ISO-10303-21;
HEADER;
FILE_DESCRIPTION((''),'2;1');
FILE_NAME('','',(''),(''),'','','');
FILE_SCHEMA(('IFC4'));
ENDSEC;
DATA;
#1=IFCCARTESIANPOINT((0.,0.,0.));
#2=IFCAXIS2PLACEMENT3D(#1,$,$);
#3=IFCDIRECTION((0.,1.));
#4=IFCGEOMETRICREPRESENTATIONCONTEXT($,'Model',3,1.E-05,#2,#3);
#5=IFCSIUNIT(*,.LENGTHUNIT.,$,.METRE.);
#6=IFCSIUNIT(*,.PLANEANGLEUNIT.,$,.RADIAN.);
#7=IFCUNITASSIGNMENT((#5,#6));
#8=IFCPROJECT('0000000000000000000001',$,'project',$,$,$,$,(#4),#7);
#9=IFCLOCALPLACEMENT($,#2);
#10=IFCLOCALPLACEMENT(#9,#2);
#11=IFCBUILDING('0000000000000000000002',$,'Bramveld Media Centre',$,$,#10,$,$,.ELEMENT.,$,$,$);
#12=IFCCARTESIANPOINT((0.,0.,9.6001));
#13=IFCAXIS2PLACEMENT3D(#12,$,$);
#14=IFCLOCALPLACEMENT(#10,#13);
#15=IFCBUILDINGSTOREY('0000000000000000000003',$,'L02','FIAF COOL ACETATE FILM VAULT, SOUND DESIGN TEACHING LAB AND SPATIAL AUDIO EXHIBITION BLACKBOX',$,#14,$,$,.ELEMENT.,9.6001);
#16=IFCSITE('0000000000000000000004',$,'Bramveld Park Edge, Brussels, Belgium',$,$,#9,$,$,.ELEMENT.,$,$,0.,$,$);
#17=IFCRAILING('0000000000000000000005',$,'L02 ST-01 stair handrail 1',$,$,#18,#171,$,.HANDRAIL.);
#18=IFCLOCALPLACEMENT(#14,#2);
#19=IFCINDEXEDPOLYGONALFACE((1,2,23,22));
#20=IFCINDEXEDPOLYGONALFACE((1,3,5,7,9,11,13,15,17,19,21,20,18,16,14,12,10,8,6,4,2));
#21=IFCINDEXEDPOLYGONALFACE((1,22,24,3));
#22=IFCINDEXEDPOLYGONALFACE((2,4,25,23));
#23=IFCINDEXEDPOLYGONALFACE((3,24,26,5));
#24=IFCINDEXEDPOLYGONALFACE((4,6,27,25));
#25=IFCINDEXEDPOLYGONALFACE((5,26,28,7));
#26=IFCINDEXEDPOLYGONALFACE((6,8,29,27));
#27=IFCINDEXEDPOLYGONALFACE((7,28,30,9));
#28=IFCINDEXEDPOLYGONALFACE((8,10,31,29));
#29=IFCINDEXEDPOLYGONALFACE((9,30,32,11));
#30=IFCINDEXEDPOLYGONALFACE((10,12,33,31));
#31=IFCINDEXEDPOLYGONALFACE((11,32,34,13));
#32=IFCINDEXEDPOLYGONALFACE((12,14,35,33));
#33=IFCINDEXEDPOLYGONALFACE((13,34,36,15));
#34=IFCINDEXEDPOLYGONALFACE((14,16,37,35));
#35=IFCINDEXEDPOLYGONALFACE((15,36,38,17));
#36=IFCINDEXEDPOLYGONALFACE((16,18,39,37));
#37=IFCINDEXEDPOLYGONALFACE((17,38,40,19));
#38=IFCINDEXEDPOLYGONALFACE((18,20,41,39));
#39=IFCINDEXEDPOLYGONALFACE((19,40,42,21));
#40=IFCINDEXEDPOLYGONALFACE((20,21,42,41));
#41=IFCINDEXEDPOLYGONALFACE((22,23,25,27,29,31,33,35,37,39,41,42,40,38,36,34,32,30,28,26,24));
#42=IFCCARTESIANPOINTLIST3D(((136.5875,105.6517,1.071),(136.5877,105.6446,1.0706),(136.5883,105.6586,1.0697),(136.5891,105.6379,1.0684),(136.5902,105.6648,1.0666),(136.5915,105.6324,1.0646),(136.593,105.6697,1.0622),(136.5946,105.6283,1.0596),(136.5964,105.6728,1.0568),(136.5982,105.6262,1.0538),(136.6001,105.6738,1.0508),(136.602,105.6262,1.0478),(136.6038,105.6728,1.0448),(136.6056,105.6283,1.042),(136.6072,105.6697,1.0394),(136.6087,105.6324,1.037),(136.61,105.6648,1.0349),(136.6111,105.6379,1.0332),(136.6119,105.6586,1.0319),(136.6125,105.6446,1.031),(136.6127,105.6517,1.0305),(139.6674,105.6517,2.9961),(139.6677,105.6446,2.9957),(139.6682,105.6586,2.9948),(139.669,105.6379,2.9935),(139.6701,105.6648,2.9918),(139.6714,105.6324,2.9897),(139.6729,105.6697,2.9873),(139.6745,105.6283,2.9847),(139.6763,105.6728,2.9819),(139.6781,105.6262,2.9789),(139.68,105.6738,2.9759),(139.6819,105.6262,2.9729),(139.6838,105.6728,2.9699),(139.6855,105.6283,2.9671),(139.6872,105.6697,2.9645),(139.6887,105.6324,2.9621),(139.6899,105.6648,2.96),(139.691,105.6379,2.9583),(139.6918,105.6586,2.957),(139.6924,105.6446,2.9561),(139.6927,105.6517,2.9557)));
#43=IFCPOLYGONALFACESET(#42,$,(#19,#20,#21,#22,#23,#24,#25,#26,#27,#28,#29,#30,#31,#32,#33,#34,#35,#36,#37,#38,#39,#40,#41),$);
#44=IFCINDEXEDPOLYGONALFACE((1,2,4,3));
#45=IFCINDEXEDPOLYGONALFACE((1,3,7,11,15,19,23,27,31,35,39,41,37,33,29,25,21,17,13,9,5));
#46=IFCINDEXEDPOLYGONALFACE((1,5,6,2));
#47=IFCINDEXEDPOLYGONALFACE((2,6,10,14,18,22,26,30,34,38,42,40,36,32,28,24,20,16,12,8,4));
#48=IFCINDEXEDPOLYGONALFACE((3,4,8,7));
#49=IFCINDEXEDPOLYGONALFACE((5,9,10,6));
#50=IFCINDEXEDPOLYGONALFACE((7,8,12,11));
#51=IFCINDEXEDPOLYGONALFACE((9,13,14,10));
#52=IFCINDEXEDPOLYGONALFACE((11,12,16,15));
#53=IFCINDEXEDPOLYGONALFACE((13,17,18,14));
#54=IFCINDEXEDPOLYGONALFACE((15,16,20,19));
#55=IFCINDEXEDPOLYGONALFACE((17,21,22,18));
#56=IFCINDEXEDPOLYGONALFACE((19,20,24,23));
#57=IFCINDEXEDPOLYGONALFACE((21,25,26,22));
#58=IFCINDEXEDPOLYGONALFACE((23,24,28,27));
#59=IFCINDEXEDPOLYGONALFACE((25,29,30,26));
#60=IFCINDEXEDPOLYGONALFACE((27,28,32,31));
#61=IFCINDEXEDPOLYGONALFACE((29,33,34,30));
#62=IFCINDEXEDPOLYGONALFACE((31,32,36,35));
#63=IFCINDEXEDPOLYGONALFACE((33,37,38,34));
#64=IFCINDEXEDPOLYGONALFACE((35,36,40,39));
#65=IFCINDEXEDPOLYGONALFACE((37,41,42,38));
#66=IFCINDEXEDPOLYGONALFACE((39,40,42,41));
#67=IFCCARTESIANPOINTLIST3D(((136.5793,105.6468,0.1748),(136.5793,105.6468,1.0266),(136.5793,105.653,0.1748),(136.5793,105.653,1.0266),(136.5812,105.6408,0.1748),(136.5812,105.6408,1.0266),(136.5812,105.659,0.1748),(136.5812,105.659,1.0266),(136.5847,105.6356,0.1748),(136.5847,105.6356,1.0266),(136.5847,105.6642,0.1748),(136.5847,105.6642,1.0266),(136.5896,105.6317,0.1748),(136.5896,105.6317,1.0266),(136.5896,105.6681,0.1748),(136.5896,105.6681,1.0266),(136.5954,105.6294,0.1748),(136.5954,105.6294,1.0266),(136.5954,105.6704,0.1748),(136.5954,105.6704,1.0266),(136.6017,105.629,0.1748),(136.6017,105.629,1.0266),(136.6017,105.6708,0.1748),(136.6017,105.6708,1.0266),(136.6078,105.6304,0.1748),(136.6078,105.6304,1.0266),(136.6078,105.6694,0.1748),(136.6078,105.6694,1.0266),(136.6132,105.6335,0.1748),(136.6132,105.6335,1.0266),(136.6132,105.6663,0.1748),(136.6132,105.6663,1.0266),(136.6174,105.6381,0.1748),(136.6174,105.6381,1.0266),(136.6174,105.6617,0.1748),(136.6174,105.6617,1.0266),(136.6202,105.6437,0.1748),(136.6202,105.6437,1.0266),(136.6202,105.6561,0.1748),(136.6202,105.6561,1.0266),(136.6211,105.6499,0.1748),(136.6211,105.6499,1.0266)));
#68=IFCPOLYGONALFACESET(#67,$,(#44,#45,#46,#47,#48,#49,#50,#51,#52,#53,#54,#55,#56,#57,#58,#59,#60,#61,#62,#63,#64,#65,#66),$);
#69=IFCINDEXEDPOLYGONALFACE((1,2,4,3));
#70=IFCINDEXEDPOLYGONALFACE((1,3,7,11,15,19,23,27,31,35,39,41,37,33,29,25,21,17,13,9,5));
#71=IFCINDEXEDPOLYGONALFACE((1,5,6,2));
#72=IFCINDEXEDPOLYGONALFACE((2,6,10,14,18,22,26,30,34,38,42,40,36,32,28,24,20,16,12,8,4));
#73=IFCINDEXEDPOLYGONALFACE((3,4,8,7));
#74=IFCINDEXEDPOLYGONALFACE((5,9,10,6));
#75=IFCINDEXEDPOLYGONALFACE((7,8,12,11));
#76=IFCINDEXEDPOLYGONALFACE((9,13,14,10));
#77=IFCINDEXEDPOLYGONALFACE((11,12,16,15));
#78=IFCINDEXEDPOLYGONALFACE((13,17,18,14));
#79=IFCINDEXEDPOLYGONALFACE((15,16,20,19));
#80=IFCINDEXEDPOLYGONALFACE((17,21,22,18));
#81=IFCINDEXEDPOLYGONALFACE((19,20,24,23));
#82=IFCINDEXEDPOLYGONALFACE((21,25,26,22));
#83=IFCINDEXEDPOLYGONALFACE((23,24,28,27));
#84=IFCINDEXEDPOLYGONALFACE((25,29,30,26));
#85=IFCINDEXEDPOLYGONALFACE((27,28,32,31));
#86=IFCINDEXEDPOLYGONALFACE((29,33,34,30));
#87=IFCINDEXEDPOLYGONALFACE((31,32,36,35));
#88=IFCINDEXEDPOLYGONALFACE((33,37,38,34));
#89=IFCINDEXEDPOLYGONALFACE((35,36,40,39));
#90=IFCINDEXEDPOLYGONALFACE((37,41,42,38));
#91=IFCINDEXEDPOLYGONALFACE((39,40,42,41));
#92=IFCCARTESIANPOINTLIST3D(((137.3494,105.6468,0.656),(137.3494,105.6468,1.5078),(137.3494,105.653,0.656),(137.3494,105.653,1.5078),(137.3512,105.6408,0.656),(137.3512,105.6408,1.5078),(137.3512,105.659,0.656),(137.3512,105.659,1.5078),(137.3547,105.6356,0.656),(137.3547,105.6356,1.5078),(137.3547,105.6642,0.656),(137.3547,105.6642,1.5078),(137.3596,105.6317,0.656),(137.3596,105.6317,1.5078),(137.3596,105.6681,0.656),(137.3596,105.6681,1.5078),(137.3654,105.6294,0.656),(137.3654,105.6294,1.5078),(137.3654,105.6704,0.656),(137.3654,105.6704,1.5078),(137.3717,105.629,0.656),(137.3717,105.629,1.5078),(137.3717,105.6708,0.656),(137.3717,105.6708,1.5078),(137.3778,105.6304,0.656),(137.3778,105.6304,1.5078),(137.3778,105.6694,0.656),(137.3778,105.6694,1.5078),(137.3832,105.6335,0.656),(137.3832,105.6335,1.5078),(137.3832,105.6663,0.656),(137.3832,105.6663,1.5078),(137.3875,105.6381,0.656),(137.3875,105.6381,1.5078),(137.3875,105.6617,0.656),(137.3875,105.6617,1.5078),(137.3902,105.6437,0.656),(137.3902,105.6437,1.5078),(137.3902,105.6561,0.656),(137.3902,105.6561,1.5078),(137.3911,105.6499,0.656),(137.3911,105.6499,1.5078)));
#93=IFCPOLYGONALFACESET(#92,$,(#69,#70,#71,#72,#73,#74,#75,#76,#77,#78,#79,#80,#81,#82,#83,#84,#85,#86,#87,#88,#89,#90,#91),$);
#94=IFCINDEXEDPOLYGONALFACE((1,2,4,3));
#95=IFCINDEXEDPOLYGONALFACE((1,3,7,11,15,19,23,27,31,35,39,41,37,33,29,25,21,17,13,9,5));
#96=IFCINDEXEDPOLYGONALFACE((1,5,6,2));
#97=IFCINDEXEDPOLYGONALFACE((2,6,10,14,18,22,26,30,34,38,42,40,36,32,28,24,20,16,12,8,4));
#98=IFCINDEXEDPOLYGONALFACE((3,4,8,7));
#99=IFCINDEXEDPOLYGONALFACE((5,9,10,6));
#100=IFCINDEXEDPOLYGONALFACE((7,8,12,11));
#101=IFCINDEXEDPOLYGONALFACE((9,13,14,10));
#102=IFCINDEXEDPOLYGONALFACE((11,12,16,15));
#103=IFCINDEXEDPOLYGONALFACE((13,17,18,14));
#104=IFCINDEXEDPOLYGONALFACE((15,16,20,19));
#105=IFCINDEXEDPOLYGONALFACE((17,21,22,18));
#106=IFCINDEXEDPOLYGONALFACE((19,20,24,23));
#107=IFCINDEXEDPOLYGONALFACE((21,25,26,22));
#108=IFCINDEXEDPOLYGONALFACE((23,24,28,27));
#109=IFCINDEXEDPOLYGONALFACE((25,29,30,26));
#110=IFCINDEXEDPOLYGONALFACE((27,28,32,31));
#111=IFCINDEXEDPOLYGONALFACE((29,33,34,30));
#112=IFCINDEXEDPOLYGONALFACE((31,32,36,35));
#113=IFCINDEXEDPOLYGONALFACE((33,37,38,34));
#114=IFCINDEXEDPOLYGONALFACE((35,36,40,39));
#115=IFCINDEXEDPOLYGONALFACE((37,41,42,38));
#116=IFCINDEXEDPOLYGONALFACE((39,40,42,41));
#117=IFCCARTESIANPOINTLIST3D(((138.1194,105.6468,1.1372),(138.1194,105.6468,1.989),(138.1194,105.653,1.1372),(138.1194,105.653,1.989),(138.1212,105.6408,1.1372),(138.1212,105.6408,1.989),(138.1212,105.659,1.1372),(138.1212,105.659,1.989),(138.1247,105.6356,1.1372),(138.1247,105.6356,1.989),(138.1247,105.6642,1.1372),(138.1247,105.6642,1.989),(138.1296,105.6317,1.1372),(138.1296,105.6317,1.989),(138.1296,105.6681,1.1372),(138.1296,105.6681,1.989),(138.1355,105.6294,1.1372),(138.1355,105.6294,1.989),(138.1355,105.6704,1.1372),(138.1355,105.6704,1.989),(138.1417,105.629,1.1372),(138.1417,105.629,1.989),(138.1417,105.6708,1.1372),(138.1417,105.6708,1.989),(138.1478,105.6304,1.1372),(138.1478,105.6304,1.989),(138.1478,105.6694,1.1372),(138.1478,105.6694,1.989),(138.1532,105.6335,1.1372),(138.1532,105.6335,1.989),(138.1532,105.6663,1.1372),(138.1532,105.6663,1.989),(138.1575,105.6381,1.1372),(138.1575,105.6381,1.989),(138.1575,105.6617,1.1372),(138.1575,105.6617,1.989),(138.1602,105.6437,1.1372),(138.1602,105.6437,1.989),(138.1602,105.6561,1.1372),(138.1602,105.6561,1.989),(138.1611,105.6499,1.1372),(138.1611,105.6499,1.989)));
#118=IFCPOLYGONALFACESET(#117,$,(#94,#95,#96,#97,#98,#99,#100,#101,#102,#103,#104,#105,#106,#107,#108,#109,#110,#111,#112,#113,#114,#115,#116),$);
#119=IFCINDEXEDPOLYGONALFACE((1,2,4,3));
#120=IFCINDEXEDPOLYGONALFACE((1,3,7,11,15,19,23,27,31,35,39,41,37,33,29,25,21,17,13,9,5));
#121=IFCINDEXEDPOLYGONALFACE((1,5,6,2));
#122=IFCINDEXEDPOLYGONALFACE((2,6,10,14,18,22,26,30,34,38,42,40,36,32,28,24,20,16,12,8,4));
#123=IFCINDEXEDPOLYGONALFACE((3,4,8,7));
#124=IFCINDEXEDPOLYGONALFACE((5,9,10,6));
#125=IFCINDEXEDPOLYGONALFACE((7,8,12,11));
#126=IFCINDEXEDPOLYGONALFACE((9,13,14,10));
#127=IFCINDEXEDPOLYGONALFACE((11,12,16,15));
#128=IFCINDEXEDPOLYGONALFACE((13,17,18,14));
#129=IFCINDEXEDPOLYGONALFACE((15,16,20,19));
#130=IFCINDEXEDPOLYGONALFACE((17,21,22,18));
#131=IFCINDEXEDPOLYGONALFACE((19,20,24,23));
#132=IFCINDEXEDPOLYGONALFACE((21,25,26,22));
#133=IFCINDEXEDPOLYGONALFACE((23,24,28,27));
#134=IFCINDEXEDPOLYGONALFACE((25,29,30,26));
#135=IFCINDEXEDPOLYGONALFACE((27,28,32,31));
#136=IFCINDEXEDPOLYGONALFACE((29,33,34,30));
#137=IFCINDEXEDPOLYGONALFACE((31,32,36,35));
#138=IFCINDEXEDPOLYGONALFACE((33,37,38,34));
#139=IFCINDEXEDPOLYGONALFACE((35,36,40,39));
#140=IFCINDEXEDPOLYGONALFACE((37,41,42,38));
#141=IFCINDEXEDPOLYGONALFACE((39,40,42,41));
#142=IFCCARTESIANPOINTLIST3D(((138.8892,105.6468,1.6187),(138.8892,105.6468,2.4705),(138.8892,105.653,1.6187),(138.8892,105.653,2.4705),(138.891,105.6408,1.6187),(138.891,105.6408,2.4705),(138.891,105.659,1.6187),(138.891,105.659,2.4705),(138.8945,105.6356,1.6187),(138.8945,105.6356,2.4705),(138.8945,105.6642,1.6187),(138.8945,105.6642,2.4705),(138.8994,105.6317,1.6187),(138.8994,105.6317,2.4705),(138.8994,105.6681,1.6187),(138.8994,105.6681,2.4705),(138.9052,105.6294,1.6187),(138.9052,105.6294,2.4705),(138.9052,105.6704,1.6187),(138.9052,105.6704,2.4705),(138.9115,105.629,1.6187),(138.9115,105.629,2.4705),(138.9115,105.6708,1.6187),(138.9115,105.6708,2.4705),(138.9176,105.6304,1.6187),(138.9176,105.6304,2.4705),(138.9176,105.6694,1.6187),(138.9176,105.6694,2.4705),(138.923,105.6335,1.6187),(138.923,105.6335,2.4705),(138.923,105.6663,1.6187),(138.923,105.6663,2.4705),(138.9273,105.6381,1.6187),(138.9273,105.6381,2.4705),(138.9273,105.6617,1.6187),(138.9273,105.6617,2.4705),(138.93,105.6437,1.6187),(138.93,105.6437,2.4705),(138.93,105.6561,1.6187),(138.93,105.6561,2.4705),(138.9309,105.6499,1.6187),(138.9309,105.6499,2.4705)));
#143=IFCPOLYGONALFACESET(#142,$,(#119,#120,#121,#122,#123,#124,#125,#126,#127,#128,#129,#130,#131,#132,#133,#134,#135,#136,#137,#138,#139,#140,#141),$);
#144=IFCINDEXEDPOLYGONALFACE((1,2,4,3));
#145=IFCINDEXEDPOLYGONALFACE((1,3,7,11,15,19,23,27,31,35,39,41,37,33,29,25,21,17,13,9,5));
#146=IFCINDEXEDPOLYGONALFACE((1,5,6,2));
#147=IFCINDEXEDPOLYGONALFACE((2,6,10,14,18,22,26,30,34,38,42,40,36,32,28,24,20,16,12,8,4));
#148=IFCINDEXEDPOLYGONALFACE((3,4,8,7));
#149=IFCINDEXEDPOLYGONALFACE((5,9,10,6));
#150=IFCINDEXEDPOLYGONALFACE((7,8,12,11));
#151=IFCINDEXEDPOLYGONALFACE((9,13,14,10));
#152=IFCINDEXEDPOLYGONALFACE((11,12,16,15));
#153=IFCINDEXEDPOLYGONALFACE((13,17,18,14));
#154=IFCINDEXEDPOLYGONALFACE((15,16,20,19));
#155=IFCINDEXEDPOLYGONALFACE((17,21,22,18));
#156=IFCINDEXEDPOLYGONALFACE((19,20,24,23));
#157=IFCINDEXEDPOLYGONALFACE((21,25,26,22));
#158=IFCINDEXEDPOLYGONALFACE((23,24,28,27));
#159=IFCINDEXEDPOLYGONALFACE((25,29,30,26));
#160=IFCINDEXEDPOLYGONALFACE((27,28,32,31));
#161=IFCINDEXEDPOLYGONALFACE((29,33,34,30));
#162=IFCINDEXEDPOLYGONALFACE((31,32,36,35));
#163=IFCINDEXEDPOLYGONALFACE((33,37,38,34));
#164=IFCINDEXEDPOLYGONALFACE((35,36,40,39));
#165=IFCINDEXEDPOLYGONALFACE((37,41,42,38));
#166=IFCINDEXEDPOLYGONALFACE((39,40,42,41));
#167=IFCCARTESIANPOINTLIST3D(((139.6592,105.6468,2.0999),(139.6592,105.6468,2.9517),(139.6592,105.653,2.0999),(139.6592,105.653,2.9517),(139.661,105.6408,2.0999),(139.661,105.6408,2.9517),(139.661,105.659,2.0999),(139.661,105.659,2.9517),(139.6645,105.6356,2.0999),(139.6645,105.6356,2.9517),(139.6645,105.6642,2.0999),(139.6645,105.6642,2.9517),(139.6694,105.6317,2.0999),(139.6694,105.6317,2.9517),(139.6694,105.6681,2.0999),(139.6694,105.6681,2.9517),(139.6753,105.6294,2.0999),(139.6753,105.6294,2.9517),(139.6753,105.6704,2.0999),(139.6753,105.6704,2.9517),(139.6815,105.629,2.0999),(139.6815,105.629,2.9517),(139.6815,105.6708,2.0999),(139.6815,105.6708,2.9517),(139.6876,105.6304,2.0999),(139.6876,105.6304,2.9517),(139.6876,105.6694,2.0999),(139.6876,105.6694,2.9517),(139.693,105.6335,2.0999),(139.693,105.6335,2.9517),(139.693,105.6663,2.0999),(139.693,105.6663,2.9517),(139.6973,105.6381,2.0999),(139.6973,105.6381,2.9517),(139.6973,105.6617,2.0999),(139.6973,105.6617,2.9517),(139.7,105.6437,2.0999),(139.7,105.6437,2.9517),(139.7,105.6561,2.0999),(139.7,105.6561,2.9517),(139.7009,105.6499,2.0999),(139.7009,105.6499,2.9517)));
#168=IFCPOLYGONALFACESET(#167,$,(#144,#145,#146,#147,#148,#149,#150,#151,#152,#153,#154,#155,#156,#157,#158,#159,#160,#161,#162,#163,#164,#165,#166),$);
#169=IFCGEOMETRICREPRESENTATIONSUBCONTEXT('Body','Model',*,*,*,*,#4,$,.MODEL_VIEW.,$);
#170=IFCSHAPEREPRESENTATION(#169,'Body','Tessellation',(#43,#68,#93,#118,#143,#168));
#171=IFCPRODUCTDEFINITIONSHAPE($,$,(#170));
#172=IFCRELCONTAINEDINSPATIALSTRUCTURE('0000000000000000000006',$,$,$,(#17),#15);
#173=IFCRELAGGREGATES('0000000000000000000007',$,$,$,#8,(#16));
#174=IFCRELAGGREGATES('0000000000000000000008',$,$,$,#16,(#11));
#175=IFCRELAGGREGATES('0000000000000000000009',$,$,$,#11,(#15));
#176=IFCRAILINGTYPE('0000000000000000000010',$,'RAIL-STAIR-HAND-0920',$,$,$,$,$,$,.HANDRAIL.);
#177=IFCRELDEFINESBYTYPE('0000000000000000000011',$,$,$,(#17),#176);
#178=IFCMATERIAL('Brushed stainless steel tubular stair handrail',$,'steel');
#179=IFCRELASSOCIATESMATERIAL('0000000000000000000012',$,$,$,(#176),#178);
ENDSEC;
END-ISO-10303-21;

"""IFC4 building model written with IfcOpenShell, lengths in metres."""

from ifc_helpers import new_model, si_unit, direction, frame, origin, origin_2d, place, context, subcontext, project, spatial, circle, extrude, material, type_object, element, save


model = new_model("IFC4")

# Units and contexts
model_context = context("Model", 3, precision=1e-05, world=origin(), true_north=direction((0.0, 1.0)))
body_context = subcontext(model_context, "Body", "Model", "MODEL_VIEW")
ifc_project = project(units=[si_unit("LENGTHUNIT", "METRE"), si_unit("PLANEANGLEUNIT", "RADIAN")], contexts=[model_context])

# Site, building, storey
site_placement = place(None, origin())
site = spatial("IfcSite", under=ifc_project, at=site_placement, Name="Bramveld Park Edge, Brussels, Belgium", CompositionType="ELEMENT", RefElevation=0.0)
building_placement = place(site_placement, origin())
building = spatial("IfcBuilding", under=site, at=building_placement, Name="Bramveld Media Centre", CompositionType="ELEMENT")
storey_placement = place(building_placement, frame((0.0, 0.0, 9.6001)))
storey = spatial("IfcBuildingStorey", under=building, at=storey_placement, Name="L02", Description="FIAF COOL ACETATE FILM VAULT, SOUND DESIGN TEACHING LAB AND SPATIAL AUDIO EXHIBITION BLACKBOX", CompositionType="ELEMENT", Elevation=9.6001)

# Railing
ifc_material_1 = material(Name="Brushed stainless steel tubular stair handrail", Category="steel")
railing_type_1 = type_object("IfcRailingType", Name="RAIL-STAIR-HAND-0920", PredefinedType="HANDRAIL", material=ifc_material_1)
railing_1_placement = place(storey_placement, frame((136.6001, 105.6499, 0.1748)))
element("IfcRailing", 1, at=railing_1_placement, inside=storey, type_object=railing_type_1, Name="L02 ST-01 stair handrail 1", PredefinedType="HANDRAIL", context=body_context, shape_type="SweptSolid", body=[
    extrude(circle(Radius=0.0239, at=origin_2d()), frame((0.0, 0.0, 0.876), z_axis=(0.847979, 0.0, 0.530029), x_axis=(0.0, 1.0, 0.0)), (0.0, 0.0, 1.0), 3.6321),
    extrude(circle(Radius=0.021, at=origin_2d()), origin(), (0.0, 0.0, 1.0), 0.8518),
    extrude(circle(Radius=0.021, at=origin_2d()), frame((0.77, 0.0, 0.4812)), (0.0, 0.0, 1.0), 0.8518),
    extrude(circle(Radius=0.021, at=origin_2d()), frame((1.54, 0.0, 0.9624)), (0.0, 0.0, 1.0), 0.8518),
    extrude(circle(Radius=0.021, at=origin_2d()), frame((2.3098, 0.0, 1.4438)), (0.0, 0.0, 1.0), 0.8518),
    extrude(circle(Radius=0.021, at=origin_2d()), frame((3.0798, 0.0, 1.925)), (0.0, 0.0, 1.0), 0.8518),
])

save(model, "model.ifc")
